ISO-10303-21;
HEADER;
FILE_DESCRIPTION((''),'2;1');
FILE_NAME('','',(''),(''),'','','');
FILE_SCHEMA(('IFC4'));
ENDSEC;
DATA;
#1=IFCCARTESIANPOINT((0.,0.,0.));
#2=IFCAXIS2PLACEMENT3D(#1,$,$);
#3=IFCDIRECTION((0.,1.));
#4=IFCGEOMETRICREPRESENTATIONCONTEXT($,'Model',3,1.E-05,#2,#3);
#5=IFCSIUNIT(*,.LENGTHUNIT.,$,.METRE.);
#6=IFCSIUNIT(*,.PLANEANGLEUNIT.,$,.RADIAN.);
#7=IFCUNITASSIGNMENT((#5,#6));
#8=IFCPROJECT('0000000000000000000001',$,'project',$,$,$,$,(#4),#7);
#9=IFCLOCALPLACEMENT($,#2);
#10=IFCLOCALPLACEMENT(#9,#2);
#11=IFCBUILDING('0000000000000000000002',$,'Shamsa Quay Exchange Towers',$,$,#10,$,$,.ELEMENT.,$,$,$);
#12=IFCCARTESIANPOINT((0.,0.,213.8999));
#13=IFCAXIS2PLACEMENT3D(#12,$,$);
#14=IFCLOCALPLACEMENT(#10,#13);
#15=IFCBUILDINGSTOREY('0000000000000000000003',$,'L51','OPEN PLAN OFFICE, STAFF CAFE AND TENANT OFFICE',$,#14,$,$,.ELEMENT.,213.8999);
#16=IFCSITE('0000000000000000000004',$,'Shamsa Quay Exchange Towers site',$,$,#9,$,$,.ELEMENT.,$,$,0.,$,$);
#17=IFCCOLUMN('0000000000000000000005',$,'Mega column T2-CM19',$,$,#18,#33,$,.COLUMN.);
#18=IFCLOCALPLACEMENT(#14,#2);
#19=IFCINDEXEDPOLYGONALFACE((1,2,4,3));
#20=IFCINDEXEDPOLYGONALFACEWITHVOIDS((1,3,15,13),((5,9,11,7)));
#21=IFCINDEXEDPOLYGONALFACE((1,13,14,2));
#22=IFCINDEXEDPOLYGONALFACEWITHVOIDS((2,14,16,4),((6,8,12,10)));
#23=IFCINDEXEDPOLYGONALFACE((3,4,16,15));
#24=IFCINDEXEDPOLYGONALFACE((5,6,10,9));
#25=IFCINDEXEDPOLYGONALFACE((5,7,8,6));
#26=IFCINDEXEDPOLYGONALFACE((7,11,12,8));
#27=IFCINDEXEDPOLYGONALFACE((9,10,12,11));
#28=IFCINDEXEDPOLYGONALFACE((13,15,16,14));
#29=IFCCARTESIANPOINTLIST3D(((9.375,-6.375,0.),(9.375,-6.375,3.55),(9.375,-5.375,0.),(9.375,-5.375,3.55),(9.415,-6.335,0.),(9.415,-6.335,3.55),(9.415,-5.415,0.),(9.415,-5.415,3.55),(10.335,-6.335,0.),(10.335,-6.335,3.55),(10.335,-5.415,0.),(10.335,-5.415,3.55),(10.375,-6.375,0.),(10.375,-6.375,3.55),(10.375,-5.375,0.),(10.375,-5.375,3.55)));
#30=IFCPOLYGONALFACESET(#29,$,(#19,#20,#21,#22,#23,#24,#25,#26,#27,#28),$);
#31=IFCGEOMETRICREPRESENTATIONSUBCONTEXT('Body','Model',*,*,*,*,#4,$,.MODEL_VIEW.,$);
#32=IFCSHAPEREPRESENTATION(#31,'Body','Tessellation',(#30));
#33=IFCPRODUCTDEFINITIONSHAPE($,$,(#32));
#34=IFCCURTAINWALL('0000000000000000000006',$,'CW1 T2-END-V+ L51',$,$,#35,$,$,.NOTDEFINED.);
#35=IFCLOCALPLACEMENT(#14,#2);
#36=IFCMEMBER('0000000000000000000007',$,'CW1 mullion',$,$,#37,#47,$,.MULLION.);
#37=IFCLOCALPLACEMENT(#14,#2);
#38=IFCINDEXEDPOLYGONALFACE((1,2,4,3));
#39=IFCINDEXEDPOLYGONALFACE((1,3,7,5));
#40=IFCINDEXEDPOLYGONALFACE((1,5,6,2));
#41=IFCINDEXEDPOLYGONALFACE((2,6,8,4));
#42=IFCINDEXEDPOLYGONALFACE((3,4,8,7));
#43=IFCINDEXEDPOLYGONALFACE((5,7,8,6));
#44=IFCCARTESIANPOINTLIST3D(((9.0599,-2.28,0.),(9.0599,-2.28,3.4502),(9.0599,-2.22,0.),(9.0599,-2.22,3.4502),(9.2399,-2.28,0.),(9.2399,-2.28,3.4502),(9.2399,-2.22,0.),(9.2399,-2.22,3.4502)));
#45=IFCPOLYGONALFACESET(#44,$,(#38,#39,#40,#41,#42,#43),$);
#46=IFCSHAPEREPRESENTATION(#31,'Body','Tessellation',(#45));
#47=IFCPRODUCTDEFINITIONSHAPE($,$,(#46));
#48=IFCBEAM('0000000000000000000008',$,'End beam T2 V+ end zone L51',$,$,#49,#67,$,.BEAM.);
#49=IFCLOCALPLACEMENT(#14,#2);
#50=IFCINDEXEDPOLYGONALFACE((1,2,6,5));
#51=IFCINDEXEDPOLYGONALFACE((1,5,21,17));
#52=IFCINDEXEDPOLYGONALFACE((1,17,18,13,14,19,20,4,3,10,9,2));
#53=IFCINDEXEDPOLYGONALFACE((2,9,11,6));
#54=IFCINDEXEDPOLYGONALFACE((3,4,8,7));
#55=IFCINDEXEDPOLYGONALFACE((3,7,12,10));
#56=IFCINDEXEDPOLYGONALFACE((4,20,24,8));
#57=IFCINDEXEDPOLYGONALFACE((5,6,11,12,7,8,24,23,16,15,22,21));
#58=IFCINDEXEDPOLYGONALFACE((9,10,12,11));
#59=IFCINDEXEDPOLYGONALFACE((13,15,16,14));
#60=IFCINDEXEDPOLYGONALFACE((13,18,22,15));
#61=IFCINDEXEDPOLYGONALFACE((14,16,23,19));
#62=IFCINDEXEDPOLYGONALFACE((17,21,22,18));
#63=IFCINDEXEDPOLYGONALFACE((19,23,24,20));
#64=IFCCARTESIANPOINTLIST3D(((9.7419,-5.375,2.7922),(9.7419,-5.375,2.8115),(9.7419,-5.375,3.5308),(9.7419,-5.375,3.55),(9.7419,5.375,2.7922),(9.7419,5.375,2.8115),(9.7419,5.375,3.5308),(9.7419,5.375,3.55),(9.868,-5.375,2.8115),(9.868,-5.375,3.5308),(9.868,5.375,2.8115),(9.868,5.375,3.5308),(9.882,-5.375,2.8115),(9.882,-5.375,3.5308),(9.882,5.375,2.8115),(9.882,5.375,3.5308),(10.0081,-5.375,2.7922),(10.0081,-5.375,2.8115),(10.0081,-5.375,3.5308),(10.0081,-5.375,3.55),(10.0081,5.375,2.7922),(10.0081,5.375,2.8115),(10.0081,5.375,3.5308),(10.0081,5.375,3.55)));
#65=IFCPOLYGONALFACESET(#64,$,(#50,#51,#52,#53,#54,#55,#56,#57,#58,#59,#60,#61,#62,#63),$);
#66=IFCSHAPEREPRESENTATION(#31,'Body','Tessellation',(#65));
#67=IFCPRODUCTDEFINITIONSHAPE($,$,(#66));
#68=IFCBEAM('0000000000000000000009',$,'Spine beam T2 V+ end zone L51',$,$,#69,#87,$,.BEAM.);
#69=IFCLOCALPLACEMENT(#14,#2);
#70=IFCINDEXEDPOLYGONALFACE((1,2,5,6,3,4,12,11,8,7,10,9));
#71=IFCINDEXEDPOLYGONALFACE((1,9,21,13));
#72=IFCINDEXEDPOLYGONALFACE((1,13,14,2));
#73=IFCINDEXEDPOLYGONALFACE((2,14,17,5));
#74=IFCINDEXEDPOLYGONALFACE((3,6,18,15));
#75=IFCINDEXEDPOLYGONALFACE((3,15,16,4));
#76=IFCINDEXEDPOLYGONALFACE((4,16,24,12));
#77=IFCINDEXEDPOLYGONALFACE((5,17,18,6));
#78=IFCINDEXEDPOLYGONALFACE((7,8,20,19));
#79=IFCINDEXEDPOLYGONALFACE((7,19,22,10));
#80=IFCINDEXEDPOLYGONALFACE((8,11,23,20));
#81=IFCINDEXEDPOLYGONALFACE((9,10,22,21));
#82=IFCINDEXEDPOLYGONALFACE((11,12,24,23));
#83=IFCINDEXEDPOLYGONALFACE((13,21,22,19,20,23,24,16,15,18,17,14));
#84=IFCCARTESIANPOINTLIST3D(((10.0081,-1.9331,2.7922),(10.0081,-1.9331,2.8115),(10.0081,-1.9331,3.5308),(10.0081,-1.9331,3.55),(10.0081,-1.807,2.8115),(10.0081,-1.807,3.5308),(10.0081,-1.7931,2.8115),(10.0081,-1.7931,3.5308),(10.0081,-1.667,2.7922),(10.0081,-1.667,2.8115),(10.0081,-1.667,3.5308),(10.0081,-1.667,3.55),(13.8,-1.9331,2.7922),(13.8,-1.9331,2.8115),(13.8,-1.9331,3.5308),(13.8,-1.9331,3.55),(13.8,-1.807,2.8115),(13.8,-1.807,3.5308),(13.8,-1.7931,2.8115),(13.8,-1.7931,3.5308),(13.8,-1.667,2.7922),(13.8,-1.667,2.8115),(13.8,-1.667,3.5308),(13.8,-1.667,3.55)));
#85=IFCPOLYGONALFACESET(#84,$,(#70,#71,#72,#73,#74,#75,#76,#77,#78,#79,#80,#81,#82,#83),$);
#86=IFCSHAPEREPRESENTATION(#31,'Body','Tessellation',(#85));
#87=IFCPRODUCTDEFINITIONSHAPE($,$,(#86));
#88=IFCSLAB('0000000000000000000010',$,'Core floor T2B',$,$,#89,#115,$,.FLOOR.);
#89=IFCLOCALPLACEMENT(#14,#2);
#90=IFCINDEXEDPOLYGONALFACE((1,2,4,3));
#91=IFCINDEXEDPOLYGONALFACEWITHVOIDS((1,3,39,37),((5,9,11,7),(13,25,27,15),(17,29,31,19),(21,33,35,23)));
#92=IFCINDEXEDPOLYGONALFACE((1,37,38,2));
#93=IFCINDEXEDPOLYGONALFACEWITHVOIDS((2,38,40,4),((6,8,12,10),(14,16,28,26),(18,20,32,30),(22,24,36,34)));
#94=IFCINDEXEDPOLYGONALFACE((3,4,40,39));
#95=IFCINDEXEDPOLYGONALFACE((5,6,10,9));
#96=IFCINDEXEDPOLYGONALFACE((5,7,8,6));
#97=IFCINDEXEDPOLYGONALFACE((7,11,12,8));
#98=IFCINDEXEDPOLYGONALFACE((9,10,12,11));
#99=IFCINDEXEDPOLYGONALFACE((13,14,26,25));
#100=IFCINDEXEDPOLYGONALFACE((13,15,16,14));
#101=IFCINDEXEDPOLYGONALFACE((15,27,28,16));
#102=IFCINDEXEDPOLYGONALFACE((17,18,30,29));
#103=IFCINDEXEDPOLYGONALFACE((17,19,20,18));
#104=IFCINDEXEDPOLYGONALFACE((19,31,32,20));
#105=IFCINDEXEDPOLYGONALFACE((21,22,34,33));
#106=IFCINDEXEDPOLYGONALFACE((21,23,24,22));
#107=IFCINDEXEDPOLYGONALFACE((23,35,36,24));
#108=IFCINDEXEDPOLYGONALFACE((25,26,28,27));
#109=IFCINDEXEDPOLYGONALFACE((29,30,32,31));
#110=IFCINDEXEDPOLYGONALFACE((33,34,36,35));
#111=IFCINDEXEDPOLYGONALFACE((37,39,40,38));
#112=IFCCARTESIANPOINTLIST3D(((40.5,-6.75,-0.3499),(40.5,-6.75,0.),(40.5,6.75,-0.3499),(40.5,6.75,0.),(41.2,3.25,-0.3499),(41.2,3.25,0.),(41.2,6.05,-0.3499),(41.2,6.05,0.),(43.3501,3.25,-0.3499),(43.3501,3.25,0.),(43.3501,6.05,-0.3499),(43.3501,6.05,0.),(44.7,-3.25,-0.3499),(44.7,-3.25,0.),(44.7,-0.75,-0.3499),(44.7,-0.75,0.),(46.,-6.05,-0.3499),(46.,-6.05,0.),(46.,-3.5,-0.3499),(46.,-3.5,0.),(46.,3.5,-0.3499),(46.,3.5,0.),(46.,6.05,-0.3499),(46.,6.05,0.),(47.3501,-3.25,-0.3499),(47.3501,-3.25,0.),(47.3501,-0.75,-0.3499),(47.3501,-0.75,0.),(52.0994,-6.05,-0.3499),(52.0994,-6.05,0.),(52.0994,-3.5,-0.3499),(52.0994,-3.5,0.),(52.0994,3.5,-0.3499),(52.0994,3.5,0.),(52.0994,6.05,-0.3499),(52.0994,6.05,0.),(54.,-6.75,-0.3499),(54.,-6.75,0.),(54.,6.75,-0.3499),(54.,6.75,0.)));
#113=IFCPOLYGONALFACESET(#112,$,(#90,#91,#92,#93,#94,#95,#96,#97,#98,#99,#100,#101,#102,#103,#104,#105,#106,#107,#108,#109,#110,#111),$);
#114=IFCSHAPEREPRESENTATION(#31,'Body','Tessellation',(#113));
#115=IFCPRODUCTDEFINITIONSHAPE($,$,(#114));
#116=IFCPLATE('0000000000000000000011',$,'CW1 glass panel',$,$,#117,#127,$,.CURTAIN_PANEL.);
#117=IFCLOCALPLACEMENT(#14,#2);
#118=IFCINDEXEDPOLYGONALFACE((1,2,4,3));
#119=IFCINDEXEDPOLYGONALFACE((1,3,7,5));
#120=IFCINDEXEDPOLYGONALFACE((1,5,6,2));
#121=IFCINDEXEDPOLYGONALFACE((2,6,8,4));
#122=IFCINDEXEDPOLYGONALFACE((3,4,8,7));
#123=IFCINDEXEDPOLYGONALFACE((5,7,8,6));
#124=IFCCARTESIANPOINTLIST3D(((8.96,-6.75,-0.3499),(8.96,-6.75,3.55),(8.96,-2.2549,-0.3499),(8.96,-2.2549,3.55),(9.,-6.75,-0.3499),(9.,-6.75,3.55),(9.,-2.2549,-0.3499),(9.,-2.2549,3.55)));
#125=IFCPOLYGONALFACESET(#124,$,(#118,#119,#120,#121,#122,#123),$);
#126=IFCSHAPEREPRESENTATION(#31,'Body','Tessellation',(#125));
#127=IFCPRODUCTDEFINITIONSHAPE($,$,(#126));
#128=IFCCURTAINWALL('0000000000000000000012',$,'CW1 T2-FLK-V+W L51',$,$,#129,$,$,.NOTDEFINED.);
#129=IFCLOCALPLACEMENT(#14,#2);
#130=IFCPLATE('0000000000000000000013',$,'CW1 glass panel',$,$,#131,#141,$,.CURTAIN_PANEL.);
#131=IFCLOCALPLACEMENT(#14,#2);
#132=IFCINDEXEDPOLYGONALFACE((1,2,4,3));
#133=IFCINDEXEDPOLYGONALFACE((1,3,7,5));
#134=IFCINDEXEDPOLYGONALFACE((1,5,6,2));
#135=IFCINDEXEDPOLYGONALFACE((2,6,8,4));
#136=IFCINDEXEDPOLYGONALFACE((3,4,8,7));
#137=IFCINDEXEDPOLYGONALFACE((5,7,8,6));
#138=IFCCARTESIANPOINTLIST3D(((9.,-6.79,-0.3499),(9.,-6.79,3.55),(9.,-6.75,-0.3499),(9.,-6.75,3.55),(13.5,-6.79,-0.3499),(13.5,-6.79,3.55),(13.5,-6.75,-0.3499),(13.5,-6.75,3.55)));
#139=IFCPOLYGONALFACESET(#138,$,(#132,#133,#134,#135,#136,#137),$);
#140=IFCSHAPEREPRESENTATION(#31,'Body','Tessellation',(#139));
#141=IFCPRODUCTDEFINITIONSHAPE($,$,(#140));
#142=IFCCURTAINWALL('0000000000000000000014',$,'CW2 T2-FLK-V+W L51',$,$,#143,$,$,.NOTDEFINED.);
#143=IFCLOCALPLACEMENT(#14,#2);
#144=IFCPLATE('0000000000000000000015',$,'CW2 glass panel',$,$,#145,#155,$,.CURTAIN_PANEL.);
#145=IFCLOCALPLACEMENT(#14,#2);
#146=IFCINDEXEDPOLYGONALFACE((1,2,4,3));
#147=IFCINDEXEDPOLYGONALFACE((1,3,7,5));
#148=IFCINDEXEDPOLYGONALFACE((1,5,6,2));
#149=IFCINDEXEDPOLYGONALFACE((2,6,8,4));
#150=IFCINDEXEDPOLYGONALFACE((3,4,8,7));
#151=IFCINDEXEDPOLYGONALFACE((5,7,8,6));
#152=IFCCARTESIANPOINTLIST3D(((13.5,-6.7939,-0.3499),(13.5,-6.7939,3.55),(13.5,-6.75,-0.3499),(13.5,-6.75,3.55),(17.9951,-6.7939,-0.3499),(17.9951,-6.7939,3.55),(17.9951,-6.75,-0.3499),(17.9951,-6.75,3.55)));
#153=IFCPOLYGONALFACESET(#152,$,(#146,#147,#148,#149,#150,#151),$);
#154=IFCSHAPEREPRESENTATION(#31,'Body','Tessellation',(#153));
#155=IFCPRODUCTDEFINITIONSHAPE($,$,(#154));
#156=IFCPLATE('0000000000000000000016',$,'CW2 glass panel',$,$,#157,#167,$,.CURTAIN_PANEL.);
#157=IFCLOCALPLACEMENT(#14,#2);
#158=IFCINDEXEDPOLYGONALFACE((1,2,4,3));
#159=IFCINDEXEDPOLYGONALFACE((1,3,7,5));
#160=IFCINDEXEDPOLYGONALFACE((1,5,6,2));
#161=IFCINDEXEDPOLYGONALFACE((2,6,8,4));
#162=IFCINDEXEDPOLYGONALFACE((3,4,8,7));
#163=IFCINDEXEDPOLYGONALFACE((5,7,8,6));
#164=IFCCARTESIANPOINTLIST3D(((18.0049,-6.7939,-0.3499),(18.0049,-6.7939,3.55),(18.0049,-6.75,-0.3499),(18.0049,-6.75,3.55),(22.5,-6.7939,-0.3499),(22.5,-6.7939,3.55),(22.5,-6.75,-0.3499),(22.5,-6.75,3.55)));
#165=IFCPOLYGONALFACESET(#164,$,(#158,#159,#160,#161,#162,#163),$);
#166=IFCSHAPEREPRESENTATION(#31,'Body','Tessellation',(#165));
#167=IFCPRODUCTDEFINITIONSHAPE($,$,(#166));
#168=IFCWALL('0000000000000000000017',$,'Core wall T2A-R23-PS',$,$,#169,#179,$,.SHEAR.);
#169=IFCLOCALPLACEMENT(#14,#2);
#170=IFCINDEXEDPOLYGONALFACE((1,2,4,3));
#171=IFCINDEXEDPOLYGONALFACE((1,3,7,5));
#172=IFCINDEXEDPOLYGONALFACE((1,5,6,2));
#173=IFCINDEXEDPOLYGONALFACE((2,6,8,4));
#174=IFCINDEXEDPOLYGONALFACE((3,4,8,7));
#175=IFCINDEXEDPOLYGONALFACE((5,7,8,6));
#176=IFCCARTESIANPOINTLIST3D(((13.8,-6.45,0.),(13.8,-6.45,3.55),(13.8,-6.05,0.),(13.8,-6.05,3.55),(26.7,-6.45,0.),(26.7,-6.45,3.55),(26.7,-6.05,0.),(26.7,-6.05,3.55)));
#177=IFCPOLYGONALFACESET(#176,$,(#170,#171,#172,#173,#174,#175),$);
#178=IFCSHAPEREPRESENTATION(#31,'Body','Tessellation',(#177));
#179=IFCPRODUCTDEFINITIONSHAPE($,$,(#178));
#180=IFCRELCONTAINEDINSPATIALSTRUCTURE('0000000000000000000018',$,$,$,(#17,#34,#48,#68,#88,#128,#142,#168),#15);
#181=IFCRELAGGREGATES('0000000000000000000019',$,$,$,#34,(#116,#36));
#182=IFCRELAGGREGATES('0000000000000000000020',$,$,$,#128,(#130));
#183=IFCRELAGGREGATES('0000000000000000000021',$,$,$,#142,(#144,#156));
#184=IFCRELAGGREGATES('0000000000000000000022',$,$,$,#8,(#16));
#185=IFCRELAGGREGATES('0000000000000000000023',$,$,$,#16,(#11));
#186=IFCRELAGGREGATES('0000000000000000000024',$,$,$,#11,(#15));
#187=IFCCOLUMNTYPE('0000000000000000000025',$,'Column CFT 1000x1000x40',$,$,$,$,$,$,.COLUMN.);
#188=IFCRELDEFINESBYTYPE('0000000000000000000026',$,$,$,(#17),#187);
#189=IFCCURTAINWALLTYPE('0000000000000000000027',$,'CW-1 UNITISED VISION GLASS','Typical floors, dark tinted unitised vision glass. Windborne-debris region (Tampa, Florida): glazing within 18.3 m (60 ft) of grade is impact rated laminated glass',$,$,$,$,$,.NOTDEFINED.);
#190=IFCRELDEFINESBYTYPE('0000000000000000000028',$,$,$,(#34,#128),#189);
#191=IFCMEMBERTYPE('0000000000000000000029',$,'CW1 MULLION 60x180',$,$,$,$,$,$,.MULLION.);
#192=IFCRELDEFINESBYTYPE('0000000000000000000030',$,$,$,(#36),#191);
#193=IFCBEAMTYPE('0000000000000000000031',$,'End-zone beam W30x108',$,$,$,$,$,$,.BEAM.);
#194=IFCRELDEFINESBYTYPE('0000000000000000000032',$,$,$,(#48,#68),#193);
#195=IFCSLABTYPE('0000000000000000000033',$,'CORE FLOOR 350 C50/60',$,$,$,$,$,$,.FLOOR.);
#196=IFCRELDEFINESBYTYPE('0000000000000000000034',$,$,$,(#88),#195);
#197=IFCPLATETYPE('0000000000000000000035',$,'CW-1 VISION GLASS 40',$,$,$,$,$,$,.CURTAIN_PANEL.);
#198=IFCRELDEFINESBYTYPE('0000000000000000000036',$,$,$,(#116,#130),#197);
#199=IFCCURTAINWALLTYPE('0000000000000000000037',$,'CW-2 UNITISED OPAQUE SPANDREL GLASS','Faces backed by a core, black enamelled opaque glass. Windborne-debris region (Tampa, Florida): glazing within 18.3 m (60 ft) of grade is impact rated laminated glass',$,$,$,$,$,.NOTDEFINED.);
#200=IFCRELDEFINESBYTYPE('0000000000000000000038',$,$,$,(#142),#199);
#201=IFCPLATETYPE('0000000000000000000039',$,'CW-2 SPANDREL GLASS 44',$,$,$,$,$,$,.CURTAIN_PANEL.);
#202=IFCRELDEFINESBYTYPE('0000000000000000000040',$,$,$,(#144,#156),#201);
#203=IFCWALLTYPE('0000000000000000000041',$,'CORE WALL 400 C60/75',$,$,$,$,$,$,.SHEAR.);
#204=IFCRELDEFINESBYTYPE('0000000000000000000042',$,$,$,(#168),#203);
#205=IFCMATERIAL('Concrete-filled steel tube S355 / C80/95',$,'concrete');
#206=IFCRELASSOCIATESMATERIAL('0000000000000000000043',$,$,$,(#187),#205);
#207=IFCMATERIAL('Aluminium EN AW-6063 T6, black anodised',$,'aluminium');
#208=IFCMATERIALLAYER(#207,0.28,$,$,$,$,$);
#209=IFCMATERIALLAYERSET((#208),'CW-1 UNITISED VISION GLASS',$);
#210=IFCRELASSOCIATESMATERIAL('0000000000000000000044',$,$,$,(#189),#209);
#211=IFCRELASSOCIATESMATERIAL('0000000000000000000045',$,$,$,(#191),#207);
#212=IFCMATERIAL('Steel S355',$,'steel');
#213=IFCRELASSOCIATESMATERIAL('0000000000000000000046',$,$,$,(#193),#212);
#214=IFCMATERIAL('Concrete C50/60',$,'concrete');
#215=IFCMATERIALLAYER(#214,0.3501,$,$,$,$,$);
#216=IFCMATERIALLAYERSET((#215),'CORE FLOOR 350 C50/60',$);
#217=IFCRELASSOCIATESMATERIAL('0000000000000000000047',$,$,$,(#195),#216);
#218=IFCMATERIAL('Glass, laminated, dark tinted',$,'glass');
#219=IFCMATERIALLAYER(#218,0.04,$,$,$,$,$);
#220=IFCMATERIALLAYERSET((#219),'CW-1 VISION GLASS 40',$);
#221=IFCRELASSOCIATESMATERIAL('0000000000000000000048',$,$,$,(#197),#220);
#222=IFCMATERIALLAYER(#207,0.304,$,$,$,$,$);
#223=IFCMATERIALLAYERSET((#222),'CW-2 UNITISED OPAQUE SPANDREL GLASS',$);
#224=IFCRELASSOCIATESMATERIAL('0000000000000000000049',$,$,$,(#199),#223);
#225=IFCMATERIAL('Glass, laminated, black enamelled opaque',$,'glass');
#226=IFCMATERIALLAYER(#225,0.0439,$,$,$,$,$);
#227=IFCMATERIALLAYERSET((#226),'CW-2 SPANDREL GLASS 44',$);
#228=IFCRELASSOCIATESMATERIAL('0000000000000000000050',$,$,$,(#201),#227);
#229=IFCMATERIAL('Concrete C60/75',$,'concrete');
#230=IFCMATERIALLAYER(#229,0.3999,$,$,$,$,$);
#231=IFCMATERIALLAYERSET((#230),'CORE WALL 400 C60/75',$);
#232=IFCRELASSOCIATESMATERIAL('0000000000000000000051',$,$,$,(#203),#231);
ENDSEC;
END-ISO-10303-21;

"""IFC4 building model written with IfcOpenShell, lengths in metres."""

from ifc_helpers import new_model, si_unit, direction, frame, frame_2d, origin, origin_2d, place, context, subcontext, project, spatial, polyline, rectangle, hollow_rectangle, i_section, outline, extrude, material, layer, layer_set, material_profile, profile_set, type_object, element, aggregate, save


model = new_model("IFC4")

# Units and contexts
model_context = context("Model", 3, precision=1e-05, world=origin(), true_north=direction((0.0, 1.0)))
body_context = subcontext(model_context, "Body", "Model", "MODEL_VIEW")
ifc_project = project(units=[si_unit("LENGTHUNIT", "METRE"), si_unit("PLANEANGLEUNIT", "RADIAN")], contexts=[model_context])

# Site, building, storey
site_placement = place(None, origin())
site = spatial("IfcSite", under=ifc_project, at=site_placement, Name="Shamsa Quay Exchange Towers site", CompositionType="ELEMENT", RefElevation=0.0)
building_placement = place(site_placement, origin())
building = spatial("IfcBuilding", under=site, at=building_placement, Name="Shamsa Quay Exchange Towers", CompositionType="ELEMENT")
storey_placement = place(building_placement, frame((0.0, 0.0, 213.8999)))
storey = spatial("IfcBuildingStorey", under=building, at=storey_placement, Name="L51", Description="OPEN PLAN OFFICE, STAFF CAFE AND TENANT OFFICE", CompositionType="ELEMENT", Elevation=213.8999)

# Column
ifc_material_1 = material(Name="Concrete-filled steel tube S355 / C80/95", Category="concrete")
ifc_material_profile_1 = material_profile(ifc_material_1, hollow_rectangle(XDim=1.0, YDim=1.0, WallThickness=0.04, at=origin_2d()), Name="CFT 1000x1000x40")
ifc_profile_set_1 = profile_set([ifc_material_profile_1], Name="Concrete-filled steel tube S355 / C80/95")
column_type = type_object("IfcColumnType", Name="Column CFT 1000x1000x40", PredefinedType="COLUMN", material=ifc_profile_set_1)
column_placement = place(storey_placement, frame((9.875, -5.875, 0.0)))
element("IfcColumn", 1, at=column_placement, inside=storey, type_object=column_type, Name="Mega column T2-CM19", PredefinedType="COLUMN", context=body_context, shape_type="SweptSolid", body=[
    extrude(hollow_rectangle(XDim=1.0, YDim=1.0, WallThickness=0.04, at=origin_2d()), origin(), (0.0, 0.0, 1.0), 3.55),
])

# Curtain wall, member
ifc_material_2 = material(Name="Aluminium EN AW-6063 T6, black anodised", Category="aluminium")
ifc_layer_1 = layer(ifc_material_2, 0.28)
ifc_layer_set_1 = layer_set([ifc_layer_1], Name="CW-1 UNITISED VISION GLASS")
curtain_wall_type_1 = type_object("IfcCurtainWallType", Name="CW-1 UNITISED VISION GLASS", Description="Typical floors, dark tinted unitised vision glass. Windborne-debris region (Tampa, Florida): glazing within 18.3 m (60 ft) of grade is impact rated laminated glass", PredefinedType="NOTDEFINED", material=ifc_layer_set_1)
curtain_wall_1_placement = place(storey_placement, origin())
curtain_wall_1 = element("IfcCurtainWall", 2, at=curtain_wall_1_placement, inside=storey, type_object=curtain_wall_type_1, Name="CW1 T2-END-V+ L51", PredefinedType="NOTDEFINED")
ifc_material_profile_2 = material_profile(ifc_material_2, rectangle(XDim=0.1799, YDim=0.0601, at=origin_2d()), Name="MU60x180")
ifc_profile_set_2 = profile_set([ifc_material_profile_2], Name="Aluminium EN AW-6063 T6, black anodised")
member_type = type_object("IfcMemberType", Name="CW1 MULLION 60x180", PredefinedType="MULLION", material=ifc_profile_set_2)
member_placement = place(storey_placement, frame((9.1499, -2.25, 0.0)))
member = element("IfcMember", 3, at=member_placement, type_object=member_type, Name="CW1 mullion", PredefinedType="MULLION", context=body_context, shape_type="SweptSolid", body=[
    extrude(rectangle(XDim=0.1799, YDim=0.0601, at=origin_2d()), origin(), (0.0, 0.0, 1.0), 3.4502),
])

# Beams
ifc_material_3 = material(Name="Steel S355", Category="steel")
ifc_material_profile_3 = material_profile(ifc_material_3, i_section(OverallWidth=0.2661, OverallDepth=0.7578, WebThickness=0.0139, FlangeThickness=0.0193, at=origin_2d()), Name="W30x108")
ifc_profile_set_3 = profile_set([ifc_material_profile_3], Name="Steel S355")
beam_type = type_object("IfcBeamType", Name="End-zone beam W30x108", PredefinedType="BEAM", material=ifc_profile_set_3)
beam_1_placement = place(storey_placement, frame((9.875, -5.375, 3.1711), z_axis=(0.0, 1.0, 0.0), x_axis=(-1.0, 0.0, 0.0)))
element("IfcBeam", 4, at=beam_1_placement, inside=storey, type_object=beam_type, Name="End beam T2 V+ end zone L51", PredefinedType="BEAM", context=body_context, shape_type="SweptSolid", body=[
    extrude(i_section(OverallWidth=0.2661, OverallDepth=0.7578, WebThickness=0.0139, FlangeThickness=0.0193, at=origin_2d()), origin(), (0.0, 0.0, 1.0), 10.75),
])
beam_2_placement = place(storey_placement, frame((13.8, -1.8, 3.1711), z_axis=(-1.0, 0.0, 0.0), x_axis=(0.0, -1.0, 0.0)))
element("IfcBeam", 5, at=beam_2_placement, inside=storey, type_object=beam_type, Name="Spine beam T2 V+ end zone L51", PredefinedType="BEAM", context=body_context, shape_type="SweptSolid", body=[
    extrude(i_section(OverallWidth=0.2661, OverallDepth=0.7578, WebThickness=0.0139, FlangeThickness=0.0193, at=origin_2d()), origin(), (0.0, 0.0, 1.0), 3.792),
])

# Slab
ifc_material_4 = material(Name="Concrete C50/60", Category="concrete")
ifc_layer_2 = layer(ifc_material_4, 0.3501)
ifc_layer_set_2 = layer_set([ifc_layer_2], Name="CORE FLOOR 350 C50/60")
slab_type = type_object("IfcSlabType", Name="CORE FLOOR 350 C50/60", PredefinedType="FLOOR", material=ifc_layer_set_2)
slab_placement = place(storey_placement, frame((0.0, 0.0, -0.3499)))
element("IfcSlab", 6, at=slab_placement, inside=storey, type_object=slab_type, Name="Core floor T2B", PredefinedType="FLOOR", context=body_context, shape_type="SweptSolid", body=[
    extrude(outline(polyline([(54.0, -6.75), (54.0, 6.75), (40.5, 6.75), (40.5, -6.75), (54.0, -6.75)]), holes=[polyline([(52.0994, -3.5), (52.0994, -6.05), (46.0, -6.05), (46.0, -3.5), (52.0994, -3.5)]), polyline([(52.0994, 6.05), (52.0994, 3.5), (46.0, 3.5), (46.0, 6.05), (52.0994, 6.05)]), polyline([(43.3501, 3.25), (41.2, 3.25), (41.2, 6.05), (43.3501, 6.05), (43.3501, 3.25)]), polyline([(47.3501, -3.25), (44.7, -3.25), (44.7, -0.75), (47.3501, -0.75), (47.3501, -3.25)])]), origin(), (0.0, 0.0, 1.0), 0.3499),
])

# Plate
ifc_material_5 = material(Name="Glass, laminated, dark tinted", Category="glass")
ifc_layer_3 = layer(ifc_material_5, 0.04)
ifc_layer_set_3 = layer_set([ifc_layer_3], Name="CW-1 VISION GLASS 40")
plate_type_1 = type_object("IfcPlateType", Name="CW-1 VISION GLASS 40", PredefinedType="CURTAIN_PANEL", material=ifc_layer_set_3)
plate_1_placement = place(storey_placement, frame((8.98, -4.5024, -0.3499), z_axis=(0.0, 0.0, 1.0), x_axis=(0.0, -1.0, 0.0)))
plate_1 = element("IfcPlate", 7, at=plate_1_placement, type_object=plate_type_1, Name="CW1 glass panel", PredefinedType="CURTAIN_PANEL", context=body_context, shape_type="SweptSolid", body=[
    extrude(rectangle(XDim=4.4951, YDim=0.04, at=origin_2d()), origin(), (0.0, 0.0, 1.0), 3.8999),
])
aggregate(curtain_wall_1, [plate_1, member])

# Curtain wall, plate
curtain_wall_2_placement = place(storey_placement, origin())
curtain_wall_2 = element("IfcCurtainWall", 8, at=curtain_wall_2_placement, inside=storey, type_object=curtain_wall_type_1, Name="CW1 T2-FLK-V+W L51", PredefinedType="NOTDEFINED")
plate_2_placement = place(storey_placement, frame((11.25, -6.77, -0.3499)))
plate_2 = element("IfcPlate", 9, at=plate_2_placement, type_object=plate_type_1, Name="CW1 glass panel", PredefinedType="CURTAIN_PANEL", context=body_context, shape_type="SweptSolid", body=[
    extrude(rectangle(XDim=4.5, YDim=0.04, at=origin_2d()), origin(), (0.0, 0.0, 1.0), 3.8999),
])
aggregate(curtain_wall_2, [plate_2])

# Curtain wall, plates
ifc_layer_4 = layer(ifc_material_2, 0.304)
ifc_layer_set_4 = layer_set([ifc_layer_4], Name="CW-2 UNITISED OPAQUE SPANDREL GLASS")
curtain_wall_type_2 = type_object("IfcCurtainWallType", Name="CW-2 UNITISED OPAQUE SPANDREL GLASS", Description="Faces backed by a core, black enamelled opaque glass. Windborne-debris region (Tampa, Florida): glazing within 18.3 m (60 ft) of grade is impact rated laminated glass", PredefinedType="NOTDEFINED", material=ifc_layer_set_4)
curtain_wall_3_placement = place(storey_placement, origin())
curtain_wall_3 = element("IfcCurtainWall", 10, at=curtain_wall_3_placement, inside=storey, type_object=curtain_wall_type_2, Name="CW2 T2-FLK-V+W L51", PredefinedType="NOTDEFINED")
ifc_material_6 = material(Name="Glass, laminated, black enamelled opaque", Category="glass")
ifc_layer_5 = layer(ifc_material_6, 0.0439)
ifc_layer_set_5 = layer_set([ifc_layer_5], Name="CW-2 SPANDREL GLASS 44")
plate_type_2 = type_object("IfcPlateType", Name="CW-2 SPANDREL GLASS 44", PredefinedType="CURTAIN_PANEL", material=ifc_layer_set_5)
plate_3_placement = place(storey_placement, frame((15.7476, -6.772, -0.3499)))
plate_3 = element("IfcPlate", 11, at=plate_3_placement, type_object=plate_type_2, Name="CW2 glass panel", PredefinedType="CURTAIN_PANEL", context=body_context, shape_type="SweptSolid", body=[
    extrude(rectangle(XDim=4.4951, YDim=0.0439, at=origin_2d()), origin(), (0.0, 0.0, 1.0), 3.8999),
])
plate_4_placement = place(storey_placement, frame((20.2524, -6.772, -0.3499)))
plate_4 = element("IfcPlate", 12, at=plate_4_placement, type_object=plate_type_2, Name="CW2 glass panel", PredefinedType="CURTAIN_PANEL", context=body_context, shape_type="SweptSolid", body=[
    extrude(rectangle(XDim=4.4951, YDim=0.0439, at=origin_2d()), origin(), (0.0, 0.0, 1.0), 3.8999),
])
aggregate(curtain_wall_3, [plate_3, plate_4])

# Wall
ifc_material_7 = material(Name="Concrete C60/75", Category="concrete")
ifc_layer_6 = layer(ifc_material_7, 0.3999)
ifc_layer_set_6 = layer_set([ifc_layer_6], Name="CORE WALL 400 C60/75")
wall_type_1 = type_object("IfcWallType", Name="CORE WALL 400 C60/75", PredefinedType="SHEAR", material=ifc_layer_set_6)
wall_1_placement = place(storey_placement, frame((13.8, -6.25, 0.0)))
element("IfcWall", 13, at=wall_1_placement, inside=storey, type_object=wall_type_1, Name="Core wall T2A-R23-PS", PredefinedType="SHEAR", context=body_context, shape_type="SweptSolid", body=[
    extrude(rectangle(XDim=12.8999, YDim=0.3999, at=frame_2d((6.45, 0.0))), origin(), (0.0, 0.0, 1.0), 3.55),
])

save(model, "model.ifc")
